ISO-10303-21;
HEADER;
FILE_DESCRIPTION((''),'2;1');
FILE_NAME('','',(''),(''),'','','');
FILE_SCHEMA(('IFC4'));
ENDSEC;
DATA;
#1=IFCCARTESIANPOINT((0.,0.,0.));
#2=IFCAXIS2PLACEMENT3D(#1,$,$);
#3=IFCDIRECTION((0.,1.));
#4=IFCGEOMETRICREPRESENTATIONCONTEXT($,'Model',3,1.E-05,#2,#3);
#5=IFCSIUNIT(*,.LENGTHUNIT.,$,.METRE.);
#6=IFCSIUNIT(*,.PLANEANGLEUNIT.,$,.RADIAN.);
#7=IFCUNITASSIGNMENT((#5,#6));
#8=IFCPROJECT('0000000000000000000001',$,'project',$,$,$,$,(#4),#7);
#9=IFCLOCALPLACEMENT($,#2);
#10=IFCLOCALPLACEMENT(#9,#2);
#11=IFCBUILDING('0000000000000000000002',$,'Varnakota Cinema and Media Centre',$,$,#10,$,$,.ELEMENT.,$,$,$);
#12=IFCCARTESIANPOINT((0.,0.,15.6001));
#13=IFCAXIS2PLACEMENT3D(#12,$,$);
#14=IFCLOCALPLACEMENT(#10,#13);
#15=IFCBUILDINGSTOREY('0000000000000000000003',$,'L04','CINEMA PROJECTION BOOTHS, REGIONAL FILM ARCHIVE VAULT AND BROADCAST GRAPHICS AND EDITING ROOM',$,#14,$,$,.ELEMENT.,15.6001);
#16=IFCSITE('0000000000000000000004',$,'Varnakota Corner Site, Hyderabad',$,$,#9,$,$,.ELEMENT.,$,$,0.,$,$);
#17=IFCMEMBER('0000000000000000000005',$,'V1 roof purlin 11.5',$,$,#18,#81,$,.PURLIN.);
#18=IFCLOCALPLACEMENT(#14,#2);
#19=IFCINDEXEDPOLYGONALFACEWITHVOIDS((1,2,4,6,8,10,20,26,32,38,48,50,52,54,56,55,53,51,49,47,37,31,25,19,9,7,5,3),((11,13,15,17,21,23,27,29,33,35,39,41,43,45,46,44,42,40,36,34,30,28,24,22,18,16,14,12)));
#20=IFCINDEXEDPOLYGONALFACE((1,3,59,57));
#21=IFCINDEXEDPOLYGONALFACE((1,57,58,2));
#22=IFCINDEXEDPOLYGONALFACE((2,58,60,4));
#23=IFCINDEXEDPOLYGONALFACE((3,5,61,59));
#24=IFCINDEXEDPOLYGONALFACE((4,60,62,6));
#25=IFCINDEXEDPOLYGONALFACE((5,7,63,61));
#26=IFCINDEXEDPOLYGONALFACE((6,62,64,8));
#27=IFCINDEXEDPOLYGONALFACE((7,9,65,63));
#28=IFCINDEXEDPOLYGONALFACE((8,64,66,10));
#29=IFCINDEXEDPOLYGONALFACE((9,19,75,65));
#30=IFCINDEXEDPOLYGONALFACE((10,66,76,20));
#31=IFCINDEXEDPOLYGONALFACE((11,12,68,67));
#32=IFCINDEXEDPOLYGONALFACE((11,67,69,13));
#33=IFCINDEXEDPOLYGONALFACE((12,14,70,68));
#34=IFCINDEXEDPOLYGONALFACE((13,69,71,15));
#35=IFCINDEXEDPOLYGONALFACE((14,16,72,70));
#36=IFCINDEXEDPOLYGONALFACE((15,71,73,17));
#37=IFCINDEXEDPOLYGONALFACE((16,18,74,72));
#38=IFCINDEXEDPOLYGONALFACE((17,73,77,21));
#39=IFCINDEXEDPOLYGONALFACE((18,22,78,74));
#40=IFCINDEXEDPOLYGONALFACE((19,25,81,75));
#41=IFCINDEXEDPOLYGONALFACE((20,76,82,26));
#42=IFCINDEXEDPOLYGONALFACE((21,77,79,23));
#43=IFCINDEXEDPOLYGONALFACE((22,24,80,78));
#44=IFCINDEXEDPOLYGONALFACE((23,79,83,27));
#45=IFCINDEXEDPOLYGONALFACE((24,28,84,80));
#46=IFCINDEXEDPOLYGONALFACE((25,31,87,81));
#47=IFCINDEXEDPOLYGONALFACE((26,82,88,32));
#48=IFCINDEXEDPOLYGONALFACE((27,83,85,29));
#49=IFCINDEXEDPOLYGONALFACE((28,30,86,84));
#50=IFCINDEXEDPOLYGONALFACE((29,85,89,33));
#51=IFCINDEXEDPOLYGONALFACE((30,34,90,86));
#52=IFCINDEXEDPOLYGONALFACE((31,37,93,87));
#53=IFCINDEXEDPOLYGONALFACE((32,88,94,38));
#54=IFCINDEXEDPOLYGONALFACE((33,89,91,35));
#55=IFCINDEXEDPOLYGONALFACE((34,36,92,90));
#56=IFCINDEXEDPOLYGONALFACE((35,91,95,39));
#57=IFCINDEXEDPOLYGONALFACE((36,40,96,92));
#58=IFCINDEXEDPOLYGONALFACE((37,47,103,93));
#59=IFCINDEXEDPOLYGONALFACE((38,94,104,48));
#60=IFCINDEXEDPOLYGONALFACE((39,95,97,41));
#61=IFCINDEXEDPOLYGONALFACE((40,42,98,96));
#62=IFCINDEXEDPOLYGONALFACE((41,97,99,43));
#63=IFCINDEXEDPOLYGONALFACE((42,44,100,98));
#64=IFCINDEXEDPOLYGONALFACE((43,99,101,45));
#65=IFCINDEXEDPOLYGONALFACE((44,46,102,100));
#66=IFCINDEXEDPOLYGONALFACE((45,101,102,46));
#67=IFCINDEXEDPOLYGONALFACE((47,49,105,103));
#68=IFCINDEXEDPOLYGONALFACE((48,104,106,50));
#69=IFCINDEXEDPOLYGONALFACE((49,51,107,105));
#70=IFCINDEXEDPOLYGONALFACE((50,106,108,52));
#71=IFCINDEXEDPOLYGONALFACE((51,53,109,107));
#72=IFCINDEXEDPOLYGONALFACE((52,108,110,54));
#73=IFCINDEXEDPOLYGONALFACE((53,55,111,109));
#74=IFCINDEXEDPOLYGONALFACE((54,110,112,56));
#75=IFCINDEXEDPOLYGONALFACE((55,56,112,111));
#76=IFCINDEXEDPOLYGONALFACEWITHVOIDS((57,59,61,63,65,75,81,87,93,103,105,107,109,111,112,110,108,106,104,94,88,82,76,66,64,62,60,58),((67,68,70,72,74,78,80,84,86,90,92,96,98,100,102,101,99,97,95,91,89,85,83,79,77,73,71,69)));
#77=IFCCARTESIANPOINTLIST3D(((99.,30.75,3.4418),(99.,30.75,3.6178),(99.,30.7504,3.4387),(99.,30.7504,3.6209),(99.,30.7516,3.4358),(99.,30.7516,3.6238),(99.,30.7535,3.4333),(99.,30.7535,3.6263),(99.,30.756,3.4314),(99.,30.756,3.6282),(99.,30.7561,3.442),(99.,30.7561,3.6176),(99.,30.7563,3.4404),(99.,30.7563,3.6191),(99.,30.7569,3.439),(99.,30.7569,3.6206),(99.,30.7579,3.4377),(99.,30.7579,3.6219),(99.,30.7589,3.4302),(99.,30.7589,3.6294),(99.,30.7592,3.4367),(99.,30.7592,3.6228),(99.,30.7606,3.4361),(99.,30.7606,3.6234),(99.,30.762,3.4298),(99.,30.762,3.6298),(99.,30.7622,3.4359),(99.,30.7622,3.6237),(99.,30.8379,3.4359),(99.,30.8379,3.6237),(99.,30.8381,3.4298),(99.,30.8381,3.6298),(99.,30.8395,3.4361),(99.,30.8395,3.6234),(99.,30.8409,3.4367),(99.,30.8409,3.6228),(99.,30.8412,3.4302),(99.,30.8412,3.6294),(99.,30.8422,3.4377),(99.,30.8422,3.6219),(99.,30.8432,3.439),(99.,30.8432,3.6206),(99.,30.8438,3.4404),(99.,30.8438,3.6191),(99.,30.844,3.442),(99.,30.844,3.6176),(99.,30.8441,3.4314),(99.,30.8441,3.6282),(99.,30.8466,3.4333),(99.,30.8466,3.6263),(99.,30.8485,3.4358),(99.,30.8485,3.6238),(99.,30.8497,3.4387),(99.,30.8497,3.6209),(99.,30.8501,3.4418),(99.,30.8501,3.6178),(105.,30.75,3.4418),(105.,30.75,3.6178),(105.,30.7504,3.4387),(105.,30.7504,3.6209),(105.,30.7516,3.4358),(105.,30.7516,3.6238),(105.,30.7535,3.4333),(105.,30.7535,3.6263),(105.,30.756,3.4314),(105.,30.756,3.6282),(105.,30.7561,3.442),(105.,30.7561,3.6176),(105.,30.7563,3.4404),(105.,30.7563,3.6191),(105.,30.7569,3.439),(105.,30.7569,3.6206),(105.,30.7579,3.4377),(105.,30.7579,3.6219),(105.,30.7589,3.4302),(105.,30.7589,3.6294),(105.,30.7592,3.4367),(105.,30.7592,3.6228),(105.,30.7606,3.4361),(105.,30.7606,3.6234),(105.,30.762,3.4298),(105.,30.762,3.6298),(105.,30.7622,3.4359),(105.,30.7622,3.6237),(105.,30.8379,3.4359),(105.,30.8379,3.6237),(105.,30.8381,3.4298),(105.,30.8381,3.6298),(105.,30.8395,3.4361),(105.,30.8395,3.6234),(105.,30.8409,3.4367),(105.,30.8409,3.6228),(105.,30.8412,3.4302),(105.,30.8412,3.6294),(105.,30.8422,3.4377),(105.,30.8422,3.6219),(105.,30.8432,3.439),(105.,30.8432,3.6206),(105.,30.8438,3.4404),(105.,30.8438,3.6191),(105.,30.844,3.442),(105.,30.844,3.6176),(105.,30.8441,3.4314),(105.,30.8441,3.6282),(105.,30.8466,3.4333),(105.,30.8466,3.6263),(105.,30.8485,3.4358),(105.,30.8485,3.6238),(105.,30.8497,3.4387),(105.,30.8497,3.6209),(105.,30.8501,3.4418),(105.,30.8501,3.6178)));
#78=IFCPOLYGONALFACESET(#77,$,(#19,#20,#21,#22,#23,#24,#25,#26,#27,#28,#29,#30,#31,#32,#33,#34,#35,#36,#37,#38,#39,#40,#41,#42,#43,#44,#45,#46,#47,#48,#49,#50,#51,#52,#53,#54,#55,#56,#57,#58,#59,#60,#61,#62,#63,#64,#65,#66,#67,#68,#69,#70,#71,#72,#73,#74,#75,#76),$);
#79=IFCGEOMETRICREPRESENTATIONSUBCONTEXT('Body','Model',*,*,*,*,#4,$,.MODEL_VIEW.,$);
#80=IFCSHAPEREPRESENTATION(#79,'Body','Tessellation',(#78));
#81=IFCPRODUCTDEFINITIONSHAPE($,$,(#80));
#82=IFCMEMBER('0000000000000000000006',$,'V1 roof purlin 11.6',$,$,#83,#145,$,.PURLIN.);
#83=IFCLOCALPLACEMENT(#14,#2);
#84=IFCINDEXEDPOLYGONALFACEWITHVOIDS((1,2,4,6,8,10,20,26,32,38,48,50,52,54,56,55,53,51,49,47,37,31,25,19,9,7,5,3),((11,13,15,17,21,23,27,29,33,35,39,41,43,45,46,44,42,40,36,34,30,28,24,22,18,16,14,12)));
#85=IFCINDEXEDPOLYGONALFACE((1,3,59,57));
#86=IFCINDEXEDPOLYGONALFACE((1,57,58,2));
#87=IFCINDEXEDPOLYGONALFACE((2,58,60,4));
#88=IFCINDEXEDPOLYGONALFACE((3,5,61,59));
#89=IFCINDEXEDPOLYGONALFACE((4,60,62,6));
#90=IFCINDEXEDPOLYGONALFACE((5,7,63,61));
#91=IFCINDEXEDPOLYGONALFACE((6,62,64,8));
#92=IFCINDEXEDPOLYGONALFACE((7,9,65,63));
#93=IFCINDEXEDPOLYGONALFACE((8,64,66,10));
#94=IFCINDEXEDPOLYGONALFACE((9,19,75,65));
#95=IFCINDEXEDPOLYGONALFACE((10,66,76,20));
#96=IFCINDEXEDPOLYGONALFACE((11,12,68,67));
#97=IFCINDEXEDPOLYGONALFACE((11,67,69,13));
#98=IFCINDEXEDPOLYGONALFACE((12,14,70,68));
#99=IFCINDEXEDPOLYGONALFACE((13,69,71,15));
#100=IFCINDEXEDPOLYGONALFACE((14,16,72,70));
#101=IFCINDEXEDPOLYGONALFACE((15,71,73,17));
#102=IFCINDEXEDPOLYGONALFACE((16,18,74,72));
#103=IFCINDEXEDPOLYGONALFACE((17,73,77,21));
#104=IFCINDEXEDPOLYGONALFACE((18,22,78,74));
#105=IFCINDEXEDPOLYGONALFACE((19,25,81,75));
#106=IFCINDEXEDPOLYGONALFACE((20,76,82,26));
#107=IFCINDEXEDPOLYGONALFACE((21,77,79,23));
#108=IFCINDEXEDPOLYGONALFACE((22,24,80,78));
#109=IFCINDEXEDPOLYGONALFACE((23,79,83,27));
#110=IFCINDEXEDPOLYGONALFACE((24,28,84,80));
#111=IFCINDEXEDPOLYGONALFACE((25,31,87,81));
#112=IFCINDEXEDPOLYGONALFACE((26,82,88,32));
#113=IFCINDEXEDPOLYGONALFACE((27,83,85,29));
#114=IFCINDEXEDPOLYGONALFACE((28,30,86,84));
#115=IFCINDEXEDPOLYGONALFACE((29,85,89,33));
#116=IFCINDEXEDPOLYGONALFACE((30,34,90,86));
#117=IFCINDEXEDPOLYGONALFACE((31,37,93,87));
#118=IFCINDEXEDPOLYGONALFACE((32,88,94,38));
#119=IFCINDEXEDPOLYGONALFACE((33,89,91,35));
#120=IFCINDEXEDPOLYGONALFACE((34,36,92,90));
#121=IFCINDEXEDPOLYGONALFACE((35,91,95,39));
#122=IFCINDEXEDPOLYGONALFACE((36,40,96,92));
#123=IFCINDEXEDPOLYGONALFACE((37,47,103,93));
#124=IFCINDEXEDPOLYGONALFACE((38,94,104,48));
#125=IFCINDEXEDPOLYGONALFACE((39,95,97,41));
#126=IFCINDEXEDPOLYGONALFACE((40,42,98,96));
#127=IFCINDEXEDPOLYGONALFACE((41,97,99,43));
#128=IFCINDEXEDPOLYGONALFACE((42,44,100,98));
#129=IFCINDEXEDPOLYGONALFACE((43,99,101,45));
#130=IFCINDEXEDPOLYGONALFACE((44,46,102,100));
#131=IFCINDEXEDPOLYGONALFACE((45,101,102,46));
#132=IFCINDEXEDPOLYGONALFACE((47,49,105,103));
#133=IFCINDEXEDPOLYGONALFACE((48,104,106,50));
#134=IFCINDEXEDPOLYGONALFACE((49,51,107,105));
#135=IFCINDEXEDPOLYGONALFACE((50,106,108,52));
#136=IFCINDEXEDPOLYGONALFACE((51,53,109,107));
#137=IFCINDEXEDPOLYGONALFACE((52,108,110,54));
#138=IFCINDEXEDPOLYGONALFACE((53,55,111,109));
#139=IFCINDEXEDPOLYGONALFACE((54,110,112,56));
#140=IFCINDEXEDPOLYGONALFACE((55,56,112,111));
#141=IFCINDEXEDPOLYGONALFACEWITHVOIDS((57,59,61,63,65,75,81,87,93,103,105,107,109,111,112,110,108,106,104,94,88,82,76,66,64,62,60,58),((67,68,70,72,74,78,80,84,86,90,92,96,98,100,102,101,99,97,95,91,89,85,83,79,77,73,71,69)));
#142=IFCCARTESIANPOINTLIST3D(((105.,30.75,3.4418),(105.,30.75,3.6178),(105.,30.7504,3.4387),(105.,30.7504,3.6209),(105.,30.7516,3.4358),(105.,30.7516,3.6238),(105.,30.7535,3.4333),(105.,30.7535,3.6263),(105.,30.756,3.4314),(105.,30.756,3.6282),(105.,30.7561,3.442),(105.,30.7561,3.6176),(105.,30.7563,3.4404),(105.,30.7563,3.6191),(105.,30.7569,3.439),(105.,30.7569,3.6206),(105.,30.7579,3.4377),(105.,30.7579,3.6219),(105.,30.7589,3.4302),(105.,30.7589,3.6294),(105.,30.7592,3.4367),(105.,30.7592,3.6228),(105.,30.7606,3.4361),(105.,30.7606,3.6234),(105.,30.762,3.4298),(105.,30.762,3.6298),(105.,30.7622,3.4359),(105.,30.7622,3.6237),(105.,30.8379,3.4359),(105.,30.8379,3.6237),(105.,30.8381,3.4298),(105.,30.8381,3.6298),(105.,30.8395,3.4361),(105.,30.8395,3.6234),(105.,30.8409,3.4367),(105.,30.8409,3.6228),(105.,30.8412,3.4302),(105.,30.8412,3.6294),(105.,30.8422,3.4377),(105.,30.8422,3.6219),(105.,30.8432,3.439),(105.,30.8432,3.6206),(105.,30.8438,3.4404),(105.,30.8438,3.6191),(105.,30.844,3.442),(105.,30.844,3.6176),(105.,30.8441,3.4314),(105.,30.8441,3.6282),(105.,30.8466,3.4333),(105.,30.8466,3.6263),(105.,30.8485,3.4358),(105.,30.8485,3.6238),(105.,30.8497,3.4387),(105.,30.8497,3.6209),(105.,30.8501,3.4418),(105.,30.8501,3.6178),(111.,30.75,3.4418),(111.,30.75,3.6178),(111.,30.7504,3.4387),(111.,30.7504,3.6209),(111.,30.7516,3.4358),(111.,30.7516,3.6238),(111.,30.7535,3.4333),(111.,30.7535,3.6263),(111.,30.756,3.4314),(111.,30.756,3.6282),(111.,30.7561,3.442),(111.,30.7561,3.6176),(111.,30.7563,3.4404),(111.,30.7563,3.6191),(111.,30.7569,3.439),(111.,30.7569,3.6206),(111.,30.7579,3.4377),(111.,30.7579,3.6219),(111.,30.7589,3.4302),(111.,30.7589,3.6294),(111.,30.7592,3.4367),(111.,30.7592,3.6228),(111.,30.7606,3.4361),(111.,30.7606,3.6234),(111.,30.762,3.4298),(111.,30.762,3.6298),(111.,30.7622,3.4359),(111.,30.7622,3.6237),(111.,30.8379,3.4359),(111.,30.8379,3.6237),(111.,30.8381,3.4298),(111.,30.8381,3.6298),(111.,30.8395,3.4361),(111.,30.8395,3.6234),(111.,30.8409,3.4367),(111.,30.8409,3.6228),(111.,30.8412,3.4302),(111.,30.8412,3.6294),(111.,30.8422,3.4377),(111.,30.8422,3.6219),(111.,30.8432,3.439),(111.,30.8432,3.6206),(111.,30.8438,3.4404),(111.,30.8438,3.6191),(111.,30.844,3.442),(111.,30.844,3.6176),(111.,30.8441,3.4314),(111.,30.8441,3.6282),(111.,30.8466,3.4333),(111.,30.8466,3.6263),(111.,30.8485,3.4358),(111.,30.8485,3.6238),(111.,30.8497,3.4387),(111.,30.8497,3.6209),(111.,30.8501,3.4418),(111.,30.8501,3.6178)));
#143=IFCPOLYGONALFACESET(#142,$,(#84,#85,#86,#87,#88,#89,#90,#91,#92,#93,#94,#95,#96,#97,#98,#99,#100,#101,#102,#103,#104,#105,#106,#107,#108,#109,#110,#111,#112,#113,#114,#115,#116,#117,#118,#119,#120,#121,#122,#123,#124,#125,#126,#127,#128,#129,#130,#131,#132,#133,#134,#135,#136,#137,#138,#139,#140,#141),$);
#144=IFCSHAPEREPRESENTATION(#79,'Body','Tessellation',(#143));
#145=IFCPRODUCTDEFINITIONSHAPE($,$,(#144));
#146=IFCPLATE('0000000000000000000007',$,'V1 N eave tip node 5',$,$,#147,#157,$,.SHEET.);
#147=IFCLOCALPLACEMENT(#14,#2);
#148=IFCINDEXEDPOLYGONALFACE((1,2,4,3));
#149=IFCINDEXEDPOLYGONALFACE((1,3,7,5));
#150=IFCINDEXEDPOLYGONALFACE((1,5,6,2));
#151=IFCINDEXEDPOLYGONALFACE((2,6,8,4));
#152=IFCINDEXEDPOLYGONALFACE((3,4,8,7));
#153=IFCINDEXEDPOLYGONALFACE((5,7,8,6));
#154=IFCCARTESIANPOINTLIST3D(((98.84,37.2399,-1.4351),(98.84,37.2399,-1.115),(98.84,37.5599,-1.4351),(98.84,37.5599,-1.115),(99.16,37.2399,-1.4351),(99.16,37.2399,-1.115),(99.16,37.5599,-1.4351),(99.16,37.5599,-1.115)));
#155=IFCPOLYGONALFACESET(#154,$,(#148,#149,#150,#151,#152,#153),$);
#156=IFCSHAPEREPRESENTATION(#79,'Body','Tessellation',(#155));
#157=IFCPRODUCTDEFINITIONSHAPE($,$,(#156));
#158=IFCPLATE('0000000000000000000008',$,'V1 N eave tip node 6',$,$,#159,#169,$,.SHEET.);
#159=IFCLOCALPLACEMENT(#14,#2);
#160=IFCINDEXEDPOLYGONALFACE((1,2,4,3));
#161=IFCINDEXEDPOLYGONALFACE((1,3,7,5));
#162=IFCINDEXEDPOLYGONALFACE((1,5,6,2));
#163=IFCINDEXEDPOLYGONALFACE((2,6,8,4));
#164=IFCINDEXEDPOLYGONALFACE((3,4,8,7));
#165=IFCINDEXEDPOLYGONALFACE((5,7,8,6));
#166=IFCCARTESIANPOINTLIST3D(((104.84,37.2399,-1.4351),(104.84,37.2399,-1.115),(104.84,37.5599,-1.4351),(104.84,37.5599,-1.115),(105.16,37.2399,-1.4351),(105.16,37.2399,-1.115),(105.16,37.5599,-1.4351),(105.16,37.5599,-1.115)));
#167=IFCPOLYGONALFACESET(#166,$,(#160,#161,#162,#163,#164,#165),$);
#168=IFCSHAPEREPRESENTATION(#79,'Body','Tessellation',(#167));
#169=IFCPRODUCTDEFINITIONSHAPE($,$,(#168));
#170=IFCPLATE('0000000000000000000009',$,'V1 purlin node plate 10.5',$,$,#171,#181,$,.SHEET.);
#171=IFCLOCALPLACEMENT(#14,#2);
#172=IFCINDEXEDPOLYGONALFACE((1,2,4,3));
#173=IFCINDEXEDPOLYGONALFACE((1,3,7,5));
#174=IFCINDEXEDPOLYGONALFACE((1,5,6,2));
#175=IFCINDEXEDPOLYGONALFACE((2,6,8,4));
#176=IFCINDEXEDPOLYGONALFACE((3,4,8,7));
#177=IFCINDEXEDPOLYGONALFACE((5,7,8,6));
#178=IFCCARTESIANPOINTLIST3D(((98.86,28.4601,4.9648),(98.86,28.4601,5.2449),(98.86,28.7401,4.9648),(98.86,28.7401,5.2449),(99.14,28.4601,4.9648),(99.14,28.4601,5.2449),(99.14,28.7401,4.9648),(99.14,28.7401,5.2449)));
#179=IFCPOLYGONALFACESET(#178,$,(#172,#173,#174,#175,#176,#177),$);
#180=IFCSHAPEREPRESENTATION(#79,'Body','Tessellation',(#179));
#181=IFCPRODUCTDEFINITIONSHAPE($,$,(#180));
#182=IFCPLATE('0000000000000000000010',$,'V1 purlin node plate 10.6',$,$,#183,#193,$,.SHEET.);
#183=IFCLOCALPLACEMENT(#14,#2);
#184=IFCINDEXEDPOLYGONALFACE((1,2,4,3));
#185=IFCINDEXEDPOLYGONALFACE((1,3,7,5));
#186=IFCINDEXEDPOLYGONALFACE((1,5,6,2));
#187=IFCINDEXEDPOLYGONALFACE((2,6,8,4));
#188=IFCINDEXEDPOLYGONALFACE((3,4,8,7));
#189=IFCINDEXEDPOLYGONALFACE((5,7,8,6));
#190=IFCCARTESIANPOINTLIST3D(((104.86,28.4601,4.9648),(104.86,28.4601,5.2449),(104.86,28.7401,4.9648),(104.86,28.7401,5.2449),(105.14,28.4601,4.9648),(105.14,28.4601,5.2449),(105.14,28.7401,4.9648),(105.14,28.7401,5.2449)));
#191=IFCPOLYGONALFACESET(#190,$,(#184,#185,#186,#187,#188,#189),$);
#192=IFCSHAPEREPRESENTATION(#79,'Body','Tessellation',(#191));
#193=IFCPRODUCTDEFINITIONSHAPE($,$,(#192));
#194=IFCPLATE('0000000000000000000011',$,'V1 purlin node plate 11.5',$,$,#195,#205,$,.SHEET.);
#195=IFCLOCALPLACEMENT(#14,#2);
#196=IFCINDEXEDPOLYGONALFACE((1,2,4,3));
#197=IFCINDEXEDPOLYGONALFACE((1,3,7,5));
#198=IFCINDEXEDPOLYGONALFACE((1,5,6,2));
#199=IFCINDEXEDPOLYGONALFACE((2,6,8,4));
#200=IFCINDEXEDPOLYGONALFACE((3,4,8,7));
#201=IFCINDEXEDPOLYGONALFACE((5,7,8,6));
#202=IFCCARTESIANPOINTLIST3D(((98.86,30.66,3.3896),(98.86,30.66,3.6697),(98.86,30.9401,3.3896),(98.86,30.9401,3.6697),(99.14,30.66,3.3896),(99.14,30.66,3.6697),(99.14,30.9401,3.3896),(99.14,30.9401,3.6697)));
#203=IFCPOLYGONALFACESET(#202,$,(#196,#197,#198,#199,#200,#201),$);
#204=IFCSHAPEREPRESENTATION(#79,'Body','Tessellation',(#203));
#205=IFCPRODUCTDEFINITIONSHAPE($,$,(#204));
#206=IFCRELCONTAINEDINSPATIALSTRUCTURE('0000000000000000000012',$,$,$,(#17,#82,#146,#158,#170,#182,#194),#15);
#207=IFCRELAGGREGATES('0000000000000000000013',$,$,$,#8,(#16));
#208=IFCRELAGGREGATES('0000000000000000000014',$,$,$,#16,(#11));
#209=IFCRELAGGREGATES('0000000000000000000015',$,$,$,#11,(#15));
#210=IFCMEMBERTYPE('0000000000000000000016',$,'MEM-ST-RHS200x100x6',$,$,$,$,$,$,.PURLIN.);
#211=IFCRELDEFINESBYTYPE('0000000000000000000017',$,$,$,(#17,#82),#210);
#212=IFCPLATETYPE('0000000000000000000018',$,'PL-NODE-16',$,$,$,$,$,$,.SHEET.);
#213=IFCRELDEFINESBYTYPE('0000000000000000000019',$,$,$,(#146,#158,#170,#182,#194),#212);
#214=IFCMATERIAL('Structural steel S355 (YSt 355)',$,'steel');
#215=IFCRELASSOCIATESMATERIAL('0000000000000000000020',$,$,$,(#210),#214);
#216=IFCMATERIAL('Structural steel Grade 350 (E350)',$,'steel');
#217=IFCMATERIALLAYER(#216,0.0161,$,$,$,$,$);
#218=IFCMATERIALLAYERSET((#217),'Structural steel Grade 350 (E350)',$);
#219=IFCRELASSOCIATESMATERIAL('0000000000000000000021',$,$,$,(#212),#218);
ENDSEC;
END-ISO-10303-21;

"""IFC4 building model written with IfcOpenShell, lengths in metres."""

from ifc_helpers import new_model, si_unit, direction, frame, origin, origin_2d, place, context, subcontext, project, spatial, rectangle, hollow_rectangle, extrude, material, layer, layer_set, material_profile, profile_set, type_object, element, save


model = new_model("IFC4")

# Units and contexts
model_context = context("Model", 3, precision=1e-05, world=origin(), true_north=direction((0.0, 1.0)))
body_context = subcontext(model_context, "Body", "Model", "MODEL_VIEW")
ifc_project = project(units=[si_unit("LENGTHUNIT", "METRE"), si_unit("PLANEANGLEUNIT", "RADIAN")], contexts=[model_context])

# Site, building, storey
site_placement = place(None, origin())
site = spatial("IfcSite", under=ifc_project, at=site_placement, Name="Varnakota Corner Site, Hyderabad", CompositionType="ELEMENT", RefElevation=0.0)
building_placement = place(site_placement, origin())
building = spatial("IfcBuilding", under=site, at=building_placement, Name="Varnakota Cinema and Media Centre", CompositionType="ELEMENT")
storey_placement = place(building_placement, frame((0.0, 0.0, 15.6001)))
storey = spatial("IfcBuildingStorey", under=building, at=storey_placement, Name="L04", Description="CINEMA PROJECTION BOOTHS, REGIONAL FILM ARCHIVE VAULT AND BROADCAST GRAPHICS AND EDITING ROOM", CompositionType="ELEMENT", Elevation=15.6001)

# Members
ifc_material_1 = material(Name="Structural steel S355 (YSt 355)", Category="steel")
ifc_material_profile_1 = material_profile(ifc_material_1, hollow_rectangle(XDim=0.1001, YDim=0.2, WallThickness=0.0061, InnerFilletRadius=0.0061, OuterFilletRadius=0.012, at=origin_2d()), Name="RHS 200x100x6")
ifc_profile_set_1 = profile_set([ifc_material_profile_1], Name="Structural steel S355 (YSt 355)")
member_type_1 = type_object("IfcMemberType", Name="MEM-ST-RHS200x100x6", PredefinedType="PURLIN", material=ifc_profile_set_1)
for number, where, z_axis, x_axis, name in (
    (1, (99.0, 30.8, 3.5298), (1.0, 0.0, 0.0), (0.0, 1.0, 0.0), "V1 roof purlin 11.5"),
    (2, (105.0, 30.8, 3.5298), (1.0, 0.0, 0.0), (0.0, 1.0, 0.0), "V1 roof purlin 11.6"),
):
    element("IfcMember", number, at=place(storey_placement, frame(where, z_axis=z_axis, x_axis=x_axis)), inside=storey, type_object=member_type_1, Name=name, PredefinedType="PURLIN", context=body_context, shape_type="SweptSolid", body=[
        extrude(hollow_rectangle(XDim=0.1001, YDim=0.2, WallThickness=0.0061, InnerFilletRadius=0.0061, OuterFilletRadius=0.012, at=origin_2d()), origin(), (0.0, 0.0, 1.0), 6.0),
    ])

# Plates
ifc_material_2 = material(Name="Structural steel Grade 350 (E350)", Category="steel")
ifc_layer_1 = layer(ifc_material_2, 0.0161)
ifc_layer_set_1 = layer_set([ifc_layer_1], Name="Structural steel Grade 350 (E350)")
plate_type_1 = type_object("IfcPlateType", Name="PL-NODE-16", PredefinedType="SHEET", material=ifc_layer_set_1)
for number, where, z_axis, x_axis, name in (
    (3, (99.0, 37.3999, -1.4351), (0.0, 0.0, 1.0), (1.0, 0.0, 0.0), "V1 N eave tip node 5"),
    (4, (105.0, 37.3999, -1.4351), (0.0, 0.0, 1.0), (1.0, 0.0, 0.0), "V1 N eave tip node 6"),
):
    element("IfcPlate", number, at=place(storey_placement, frame(where, z_axis=z_axis, x_axis=x_axis)), inside=storey, type_object=plate_type_1, Name=name, PredefinedType="SHEET", context=body_context, shape_type="SweptSolid", body=[
        extrude(rectangle(XDim=0.3201, YDim=0.3201, at=origin_2d()), origin(), (0.0, 0.0, 1.0), 0.3201),
    ])
for number, where, z_axis, x_axis, name in (
    (5, (99.0, 28.6001, 4.9648), (0.0, 0.0, 1.0), (1.0, 0.0, 0.0), "V1 purlin node plate 10.5"),
    (6, (105.0, 28.6001, 4.9648), (0.0, 0.0, 1.0), (1.0, 0.0, 0.0), "V1 purlin node plate 10.6"),
    (7, (99.0, 30.8, 3.3896), (0.0, 0.0, 1.0), (1.0, 0.0, 0.0), "V1 purlin node plate 11.5"),
):
    element("IfcPlate", number, at=place(storey_placement, frame(where, z_axis=z_axis, x_axis=x_axis)), inside=storey, type_object=plate_type_1, Name=name, PredefinedType="SHEET", context=body_context, shape_type="SweptSolid", body=[
        extrude(rectangle(XDim=0.28, YDim=0.28, at=origin_2d()), origin(), (0.0, 0.0, 1.0), 0.28),
    ])

save(model, "model.ifc")
